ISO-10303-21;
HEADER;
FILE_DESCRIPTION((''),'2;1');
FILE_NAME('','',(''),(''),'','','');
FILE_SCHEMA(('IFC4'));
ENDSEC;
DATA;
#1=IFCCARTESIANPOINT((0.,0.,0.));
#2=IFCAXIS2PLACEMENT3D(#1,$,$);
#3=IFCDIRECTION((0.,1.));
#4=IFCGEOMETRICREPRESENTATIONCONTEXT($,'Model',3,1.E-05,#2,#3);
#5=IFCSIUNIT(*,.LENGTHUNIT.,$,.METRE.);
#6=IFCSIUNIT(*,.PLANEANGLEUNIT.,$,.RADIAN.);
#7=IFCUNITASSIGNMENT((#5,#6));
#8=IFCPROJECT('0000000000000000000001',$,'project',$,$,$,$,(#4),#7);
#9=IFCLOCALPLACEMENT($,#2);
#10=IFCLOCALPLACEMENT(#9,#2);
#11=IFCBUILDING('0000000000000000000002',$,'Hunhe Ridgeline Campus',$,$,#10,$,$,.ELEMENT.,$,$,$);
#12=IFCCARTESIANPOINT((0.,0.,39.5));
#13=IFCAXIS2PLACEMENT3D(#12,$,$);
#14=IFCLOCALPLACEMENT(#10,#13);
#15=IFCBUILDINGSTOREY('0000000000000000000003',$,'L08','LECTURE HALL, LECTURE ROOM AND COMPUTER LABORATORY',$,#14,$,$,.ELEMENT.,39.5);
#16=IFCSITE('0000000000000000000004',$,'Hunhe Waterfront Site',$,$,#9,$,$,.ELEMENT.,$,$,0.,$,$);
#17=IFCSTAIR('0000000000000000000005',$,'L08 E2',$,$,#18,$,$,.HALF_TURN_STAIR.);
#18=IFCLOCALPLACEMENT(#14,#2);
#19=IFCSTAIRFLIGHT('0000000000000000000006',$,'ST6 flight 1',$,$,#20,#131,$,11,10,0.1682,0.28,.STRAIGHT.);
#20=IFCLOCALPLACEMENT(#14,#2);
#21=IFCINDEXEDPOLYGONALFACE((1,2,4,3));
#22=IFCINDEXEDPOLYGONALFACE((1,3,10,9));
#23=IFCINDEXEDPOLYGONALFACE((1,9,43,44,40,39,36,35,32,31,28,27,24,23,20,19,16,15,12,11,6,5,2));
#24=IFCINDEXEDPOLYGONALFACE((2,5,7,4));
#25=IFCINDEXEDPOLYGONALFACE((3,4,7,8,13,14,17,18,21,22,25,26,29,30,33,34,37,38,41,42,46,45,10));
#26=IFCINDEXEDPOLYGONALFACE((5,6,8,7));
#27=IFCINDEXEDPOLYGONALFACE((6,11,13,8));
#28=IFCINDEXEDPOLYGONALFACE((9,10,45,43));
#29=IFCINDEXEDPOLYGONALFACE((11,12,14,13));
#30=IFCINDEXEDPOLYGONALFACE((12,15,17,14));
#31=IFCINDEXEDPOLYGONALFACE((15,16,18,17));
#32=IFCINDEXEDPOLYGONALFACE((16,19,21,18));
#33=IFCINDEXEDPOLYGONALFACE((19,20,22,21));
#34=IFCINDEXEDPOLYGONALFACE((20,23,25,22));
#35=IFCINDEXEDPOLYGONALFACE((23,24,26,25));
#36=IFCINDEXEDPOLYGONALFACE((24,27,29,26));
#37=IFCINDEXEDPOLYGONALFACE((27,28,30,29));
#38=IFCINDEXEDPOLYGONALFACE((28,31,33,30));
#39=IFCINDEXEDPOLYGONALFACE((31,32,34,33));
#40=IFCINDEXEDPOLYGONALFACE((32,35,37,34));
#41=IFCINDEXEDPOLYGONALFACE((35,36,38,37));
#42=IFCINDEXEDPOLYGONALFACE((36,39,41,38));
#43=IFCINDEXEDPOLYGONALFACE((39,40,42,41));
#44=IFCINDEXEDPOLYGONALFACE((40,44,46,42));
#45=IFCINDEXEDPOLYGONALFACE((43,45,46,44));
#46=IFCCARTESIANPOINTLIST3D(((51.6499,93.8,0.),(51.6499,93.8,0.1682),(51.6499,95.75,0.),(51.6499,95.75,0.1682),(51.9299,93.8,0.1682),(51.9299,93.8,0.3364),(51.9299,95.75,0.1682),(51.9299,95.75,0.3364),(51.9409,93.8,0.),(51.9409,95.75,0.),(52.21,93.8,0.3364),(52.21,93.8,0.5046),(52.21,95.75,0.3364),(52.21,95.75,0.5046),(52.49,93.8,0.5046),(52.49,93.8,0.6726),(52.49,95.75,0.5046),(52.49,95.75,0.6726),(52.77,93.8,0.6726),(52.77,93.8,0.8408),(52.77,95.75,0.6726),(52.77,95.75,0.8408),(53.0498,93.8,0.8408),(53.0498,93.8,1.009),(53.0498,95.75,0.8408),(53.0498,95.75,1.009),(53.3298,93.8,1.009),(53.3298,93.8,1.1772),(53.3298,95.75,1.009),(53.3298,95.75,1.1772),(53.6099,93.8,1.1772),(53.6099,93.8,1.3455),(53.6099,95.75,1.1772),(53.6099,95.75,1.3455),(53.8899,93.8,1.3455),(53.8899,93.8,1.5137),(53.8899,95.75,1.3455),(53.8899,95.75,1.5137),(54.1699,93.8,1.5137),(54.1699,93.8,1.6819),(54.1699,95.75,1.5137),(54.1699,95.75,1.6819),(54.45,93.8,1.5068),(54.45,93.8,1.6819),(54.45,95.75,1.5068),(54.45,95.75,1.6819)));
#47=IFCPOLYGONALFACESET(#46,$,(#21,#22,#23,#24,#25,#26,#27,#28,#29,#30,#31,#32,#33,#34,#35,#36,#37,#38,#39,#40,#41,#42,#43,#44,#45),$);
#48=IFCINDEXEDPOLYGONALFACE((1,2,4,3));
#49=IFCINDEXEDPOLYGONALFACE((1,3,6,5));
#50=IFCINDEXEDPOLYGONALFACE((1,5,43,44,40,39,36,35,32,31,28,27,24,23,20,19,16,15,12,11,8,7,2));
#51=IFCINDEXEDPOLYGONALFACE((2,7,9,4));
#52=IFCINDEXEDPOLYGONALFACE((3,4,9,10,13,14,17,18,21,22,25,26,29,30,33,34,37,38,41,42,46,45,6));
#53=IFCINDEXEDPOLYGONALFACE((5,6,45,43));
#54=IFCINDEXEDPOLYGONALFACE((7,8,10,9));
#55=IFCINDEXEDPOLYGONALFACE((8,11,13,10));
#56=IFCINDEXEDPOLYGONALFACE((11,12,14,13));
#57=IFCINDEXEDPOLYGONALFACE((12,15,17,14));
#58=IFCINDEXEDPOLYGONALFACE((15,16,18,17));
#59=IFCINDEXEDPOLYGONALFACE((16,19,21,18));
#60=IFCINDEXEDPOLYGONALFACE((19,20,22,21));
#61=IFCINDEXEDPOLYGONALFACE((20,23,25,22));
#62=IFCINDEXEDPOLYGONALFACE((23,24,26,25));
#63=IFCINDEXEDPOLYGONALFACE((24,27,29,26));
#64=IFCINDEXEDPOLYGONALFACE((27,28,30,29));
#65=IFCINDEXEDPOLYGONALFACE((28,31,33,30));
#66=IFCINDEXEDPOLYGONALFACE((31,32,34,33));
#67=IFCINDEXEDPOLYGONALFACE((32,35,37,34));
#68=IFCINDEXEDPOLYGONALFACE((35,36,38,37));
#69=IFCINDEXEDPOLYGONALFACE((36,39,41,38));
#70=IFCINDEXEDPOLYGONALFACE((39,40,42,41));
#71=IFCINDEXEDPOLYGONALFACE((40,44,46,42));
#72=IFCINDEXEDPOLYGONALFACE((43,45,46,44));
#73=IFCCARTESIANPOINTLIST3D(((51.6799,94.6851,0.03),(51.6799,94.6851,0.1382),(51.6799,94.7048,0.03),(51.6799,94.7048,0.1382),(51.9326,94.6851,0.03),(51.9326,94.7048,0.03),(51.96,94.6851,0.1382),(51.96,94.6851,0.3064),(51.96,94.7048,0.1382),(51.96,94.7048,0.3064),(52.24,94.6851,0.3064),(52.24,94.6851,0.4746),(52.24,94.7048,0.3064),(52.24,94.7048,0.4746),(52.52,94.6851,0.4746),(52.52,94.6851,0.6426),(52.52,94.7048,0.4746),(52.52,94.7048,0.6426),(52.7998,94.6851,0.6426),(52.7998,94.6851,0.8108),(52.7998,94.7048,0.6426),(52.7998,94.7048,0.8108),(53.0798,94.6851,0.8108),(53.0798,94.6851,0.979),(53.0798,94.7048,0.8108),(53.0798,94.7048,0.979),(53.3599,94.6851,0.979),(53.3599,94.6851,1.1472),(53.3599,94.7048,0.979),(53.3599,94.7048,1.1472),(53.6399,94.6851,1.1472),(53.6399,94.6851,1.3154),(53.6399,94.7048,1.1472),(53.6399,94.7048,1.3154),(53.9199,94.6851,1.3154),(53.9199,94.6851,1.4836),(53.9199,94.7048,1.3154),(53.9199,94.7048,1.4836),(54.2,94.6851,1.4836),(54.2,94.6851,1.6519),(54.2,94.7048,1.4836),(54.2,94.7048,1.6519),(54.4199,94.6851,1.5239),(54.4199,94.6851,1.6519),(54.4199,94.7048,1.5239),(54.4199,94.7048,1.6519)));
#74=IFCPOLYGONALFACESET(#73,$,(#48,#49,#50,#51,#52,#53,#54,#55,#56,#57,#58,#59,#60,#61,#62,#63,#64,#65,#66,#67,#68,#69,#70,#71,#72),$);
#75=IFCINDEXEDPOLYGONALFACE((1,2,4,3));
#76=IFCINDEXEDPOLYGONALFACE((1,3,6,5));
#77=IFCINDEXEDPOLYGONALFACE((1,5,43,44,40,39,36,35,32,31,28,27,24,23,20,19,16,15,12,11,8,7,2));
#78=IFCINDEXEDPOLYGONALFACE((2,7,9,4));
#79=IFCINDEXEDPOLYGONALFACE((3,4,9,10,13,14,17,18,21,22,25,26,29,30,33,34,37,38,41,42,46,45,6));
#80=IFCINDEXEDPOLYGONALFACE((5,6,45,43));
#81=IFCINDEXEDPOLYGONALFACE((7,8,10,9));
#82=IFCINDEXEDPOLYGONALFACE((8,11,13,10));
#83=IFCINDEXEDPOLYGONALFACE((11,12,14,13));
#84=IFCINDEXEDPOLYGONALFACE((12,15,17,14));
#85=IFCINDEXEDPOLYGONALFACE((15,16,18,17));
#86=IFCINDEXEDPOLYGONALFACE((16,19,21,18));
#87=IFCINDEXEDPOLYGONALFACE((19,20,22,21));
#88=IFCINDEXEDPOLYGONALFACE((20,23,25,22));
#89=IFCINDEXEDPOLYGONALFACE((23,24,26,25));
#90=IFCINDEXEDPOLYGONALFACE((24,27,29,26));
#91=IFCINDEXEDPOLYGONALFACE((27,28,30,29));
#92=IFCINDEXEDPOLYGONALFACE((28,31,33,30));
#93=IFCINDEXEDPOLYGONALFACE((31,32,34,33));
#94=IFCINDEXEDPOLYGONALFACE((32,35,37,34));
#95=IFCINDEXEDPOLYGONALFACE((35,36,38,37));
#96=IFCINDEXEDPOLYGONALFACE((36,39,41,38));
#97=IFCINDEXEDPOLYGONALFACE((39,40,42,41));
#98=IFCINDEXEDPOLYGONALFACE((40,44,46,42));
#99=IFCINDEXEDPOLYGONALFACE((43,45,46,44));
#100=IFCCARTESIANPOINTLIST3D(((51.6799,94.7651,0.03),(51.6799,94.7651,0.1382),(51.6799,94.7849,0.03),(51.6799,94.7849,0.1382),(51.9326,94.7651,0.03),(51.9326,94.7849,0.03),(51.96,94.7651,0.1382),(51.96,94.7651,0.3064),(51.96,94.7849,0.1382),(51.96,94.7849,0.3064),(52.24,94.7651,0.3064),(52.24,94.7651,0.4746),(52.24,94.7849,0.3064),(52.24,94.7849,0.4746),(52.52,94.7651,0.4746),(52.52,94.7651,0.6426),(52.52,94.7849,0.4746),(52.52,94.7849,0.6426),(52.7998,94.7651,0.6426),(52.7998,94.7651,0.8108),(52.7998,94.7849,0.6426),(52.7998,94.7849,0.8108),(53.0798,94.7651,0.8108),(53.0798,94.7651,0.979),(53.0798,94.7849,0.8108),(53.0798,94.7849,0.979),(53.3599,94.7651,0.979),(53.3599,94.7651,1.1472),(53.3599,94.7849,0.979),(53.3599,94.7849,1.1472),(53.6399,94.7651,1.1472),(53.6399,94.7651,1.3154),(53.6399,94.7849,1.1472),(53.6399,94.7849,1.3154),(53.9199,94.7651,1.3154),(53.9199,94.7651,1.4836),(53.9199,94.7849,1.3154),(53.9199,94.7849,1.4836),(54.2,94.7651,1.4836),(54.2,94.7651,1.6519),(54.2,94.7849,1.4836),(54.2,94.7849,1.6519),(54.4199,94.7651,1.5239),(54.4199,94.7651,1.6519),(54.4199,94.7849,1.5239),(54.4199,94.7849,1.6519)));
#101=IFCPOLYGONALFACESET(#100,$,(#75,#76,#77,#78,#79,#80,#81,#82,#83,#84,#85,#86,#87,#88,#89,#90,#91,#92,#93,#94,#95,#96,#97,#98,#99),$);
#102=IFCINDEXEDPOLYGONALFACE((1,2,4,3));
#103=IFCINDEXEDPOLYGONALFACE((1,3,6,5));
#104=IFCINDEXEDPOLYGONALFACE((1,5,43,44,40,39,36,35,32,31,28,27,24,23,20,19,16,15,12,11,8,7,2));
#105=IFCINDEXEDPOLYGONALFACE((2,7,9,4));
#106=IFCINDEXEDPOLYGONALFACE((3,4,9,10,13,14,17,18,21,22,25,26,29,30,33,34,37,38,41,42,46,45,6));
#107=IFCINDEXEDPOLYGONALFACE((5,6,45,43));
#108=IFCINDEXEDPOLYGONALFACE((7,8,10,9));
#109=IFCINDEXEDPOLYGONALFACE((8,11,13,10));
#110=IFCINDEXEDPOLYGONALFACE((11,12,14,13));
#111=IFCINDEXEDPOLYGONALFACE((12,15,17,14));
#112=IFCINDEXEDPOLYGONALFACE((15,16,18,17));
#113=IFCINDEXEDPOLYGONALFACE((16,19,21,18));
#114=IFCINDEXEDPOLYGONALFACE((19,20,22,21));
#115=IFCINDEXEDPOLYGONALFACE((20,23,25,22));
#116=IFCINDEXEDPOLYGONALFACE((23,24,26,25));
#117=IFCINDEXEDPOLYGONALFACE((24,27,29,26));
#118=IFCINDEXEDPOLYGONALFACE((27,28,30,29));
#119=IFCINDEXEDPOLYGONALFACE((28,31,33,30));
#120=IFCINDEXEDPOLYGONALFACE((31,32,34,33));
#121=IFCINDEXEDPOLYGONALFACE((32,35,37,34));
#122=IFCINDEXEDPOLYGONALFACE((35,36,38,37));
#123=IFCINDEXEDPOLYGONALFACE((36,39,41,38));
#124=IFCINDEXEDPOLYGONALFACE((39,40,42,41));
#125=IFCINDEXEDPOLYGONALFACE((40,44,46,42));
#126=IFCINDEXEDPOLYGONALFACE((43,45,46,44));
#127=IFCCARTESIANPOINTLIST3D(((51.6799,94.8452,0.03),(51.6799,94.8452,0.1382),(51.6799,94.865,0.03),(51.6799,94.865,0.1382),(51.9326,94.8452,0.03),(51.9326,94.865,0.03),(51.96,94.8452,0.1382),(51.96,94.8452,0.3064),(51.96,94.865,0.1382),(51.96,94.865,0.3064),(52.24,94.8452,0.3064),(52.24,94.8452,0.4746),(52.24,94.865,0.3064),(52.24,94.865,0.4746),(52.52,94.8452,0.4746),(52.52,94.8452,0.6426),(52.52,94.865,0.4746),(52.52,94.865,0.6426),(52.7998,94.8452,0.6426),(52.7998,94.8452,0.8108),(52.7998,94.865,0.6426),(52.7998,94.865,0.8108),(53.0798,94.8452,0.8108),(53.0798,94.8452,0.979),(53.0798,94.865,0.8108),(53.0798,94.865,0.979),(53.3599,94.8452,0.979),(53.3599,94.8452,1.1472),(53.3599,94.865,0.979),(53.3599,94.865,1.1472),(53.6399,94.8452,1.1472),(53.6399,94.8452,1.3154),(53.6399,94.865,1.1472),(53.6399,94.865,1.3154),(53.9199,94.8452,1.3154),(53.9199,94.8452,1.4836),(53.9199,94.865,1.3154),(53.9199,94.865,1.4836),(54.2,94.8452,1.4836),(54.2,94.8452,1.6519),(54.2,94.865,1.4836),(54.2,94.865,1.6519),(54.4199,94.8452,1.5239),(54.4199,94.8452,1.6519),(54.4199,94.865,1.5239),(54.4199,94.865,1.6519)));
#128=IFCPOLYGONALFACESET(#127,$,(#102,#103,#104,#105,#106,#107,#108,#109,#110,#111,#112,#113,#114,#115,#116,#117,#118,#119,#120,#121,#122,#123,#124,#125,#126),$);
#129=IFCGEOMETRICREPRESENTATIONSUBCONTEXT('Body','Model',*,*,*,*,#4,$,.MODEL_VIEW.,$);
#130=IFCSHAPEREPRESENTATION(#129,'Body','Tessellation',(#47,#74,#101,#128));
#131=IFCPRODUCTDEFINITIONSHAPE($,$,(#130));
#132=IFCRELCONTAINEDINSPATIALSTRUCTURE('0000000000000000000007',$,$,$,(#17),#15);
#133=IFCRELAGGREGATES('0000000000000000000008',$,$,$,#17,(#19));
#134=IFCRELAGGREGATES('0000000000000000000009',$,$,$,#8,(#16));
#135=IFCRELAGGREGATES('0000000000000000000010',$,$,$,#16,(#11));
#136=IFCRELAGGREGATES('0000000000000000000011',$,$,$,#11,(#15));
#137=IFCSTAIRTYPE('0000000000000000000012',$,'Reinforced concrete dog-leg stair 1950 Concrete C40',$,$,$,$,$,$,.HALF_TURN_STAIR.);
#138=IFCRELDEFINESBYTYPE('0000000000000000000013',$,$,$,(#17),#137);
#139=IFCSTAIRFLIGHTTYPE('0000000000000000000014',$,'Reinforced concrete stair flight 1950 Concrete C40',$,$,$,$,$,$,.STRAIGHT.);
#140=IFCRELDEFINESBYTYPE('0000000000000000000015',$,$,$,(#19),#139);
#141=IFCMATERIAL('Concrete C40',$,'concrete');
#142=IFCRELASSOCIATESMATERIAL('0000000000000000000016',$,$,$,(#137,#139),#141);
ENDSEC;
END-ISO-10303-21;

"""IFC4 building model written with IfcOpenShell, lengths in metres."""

from ifc_helpers import new_model, si_unit, direction, frame, origin, place, context, subcontext, project, spatial, polyline, outline, extrude, material, type_object, element, aggregate, save


model = new_model("IFC4")

# Units and contexts
model_context = context("Model", 3, precision=1e-05, world=origin(), true_north=direction((0.0, 1.0)))
body_context = subcontext(model_context, "Body", "Model", "MODEL_VIEW")
ifc_project = project(units=[si_unit("LENGTHUNIT", "METRE"), si_unit("PLANEANGLEUNIT", "RADIAN")], contexts=[model_context])

# Site, building, storey
site_placement = place(None, origin())
site = spatial("IfcSite", under=ifc_project, at=site_placement, Name="Hunhe Waterfront Site", CompositionType="ELEMENT", RefElevation=0.0)
building_placement = place(site_placement, origin())
building = spatial("IfcBuilding", under=site, at=building_placement, Name="Hunhe Ridgeline Campus", CompositionType="ELEMENT")
storey_placement = place(building_placement, frame((0.0, 0.0, 39.5)))
storey = spatial("IfcBuildingStorey", under=building, at=storey_placement, Name="L08", Description="LECTURE HALL, LECTURE ROOM AND COMPUTER LABORATORY", CompositionType="ELEMENT", Elevation=39.5)

# Stair, stair flight
ifc_material_1 = material(Name="Concrete C40", Category="concrete")
stair_type = type_object("IfcStairType", Name="Reinforced concrete dog-leg stair 1950 Concrete C40", PredefinedType="HALF_TURN_STAIR", material=ifc_material_1)
stair_flight_type = type_object("IfcStairFlightType", Name="Reinforced concrete stair flight 1950 Concrete C40", PredefinedType="STRAIGHT", material=ifc_material_1)
stair_1_placement = place(storey_placement, origin())
stair_1 = element("IfcStair", 1, at=stair_1_placement, inside=storey, type_object=stair_type, Name="L08 E2", PredefinedType="HALF_TURN_STAIR")
stair_flight_1_placement = place(storey_placement, frame((51.6499, 94.7749, 0.0), z_axis=(0.0, 0.0, 1.0), x_axis=(1.0, 0.0, 0.0)))
stair_flight_1 = element("IfcStairFlight", 2, at=stair_flight_1_placement, type_object=stair_flight_type, Name="ST6 flight 1", NumberOfRisers=11, NumberOfTreads=10, PredefinedType="STRAIGHT", RiserHeight=0.1682, TreadLength=0.28, context=body_context, shape_type="SweptSolid", body=[
    extrude(outline(polyline([(0.0, 0.0), (0.0, 0.1682), (0.28, 0.1682), (0.28, 0.3364), (0.5601, 0.3364), (0.5601, 0.5046), (0.8401, 0.5046), (0.8401, 0.6726), (1.1201, 0.6726), (1.1201, 0.8408), (1.3999, 0.8408), (1.3999, 1.009), (1.6799, 1.009), (1.6799, 1.1772), (1.96, 1.1772), (1.96, 1.3455), (2.24, 1.3455), (2.24, 1.5137), (2.52, 1.5137), (2.52, 1.6819), (2.8, 1.6819), (2.8, 1.8501), (2.8, 1.5068), (0.291, 0.0), (0.0, 0.0)])), frame((0.0, 0.9751, 0.0), z_axis=(0.0, -1.0, 0.0), x_axis=(1.0, 0.0, 0.0)), (0.0, 0.0, 1.0), 1.95),
    extrude(outline(polyline([(0.03, 0.03), (0.03, 0.1382), (0.3101, 0.1382), (0.3101, 0.3064), (0.5901, 0.3064), (0.5901, 0.4746), (0.8701, 0.4746), (0.8701, 0.6426), (1.1499, 0.6426), (1.1499, 0.8108), (1.4299, 0.8108), (1.4299, 0.979), (1.71, 0.979), (1.71, 1.1472), (1.99, 1.1472), (1.99, 1.3154), (2.27, 1.3154), (2.27, 1.4836), (2.55, 1.4836), (2.55, 1.6519), (2.77, 1.6519), (2.77, 1.5239), (0.2827, 0.03), (0.03, 0.03)])), frame((0.0, -0.0701, 0.0), z_axis=(0.0, -1.0, 0.0), x_axis=(1.0, 0.0, 0.0)), (0.0, 0.0, 1.0), 0.0198),
    extrude(outline(polyline([(0.03, 0.03), (0.03, 0.1382), (0.3101, 0.1382), (0.3101, 0.3064), (0.5901, 0.3064), (0.5901, 0.4746), (0.8701, 0.4746), (0.8701, 0.6426), (1.1499, 0.6426), (1.1499, 0.8108), (1.4299, 0.8108), (1.4299, 0.979), (1.71, 0.979), (1.71, 1.1472), (1.99, 1.1472), (1.99, 1.3154), (2.27, 1.3154), (2.27, 1.4836), (2.55, 1.4836), (2.55, 1.6519), (2.77, 1.6519), (2.77, 1.5239), (0.2827, 0.03), (0.03, 0.03)])), frame((0.0, 0.01, 0.0), z_axis=(0.0, -1.0, 0.0), x_axis=(1.0, 0.0, 0.0)), (0.0, 0.0, 1.0), 0.0198),
    extrude(outline(polyline([(0.03, 0.03), (0.03, 0.1382), (0.3101, 0.1382), (0.3101, 0.3064), (0.5901, 0.3064), (0.5901, 0.4746), (0.8701, 0.4746), (0.8701, 0.6426), (1.1499, 0.6426), (1.1499, 0.8108), (1.4299, 0.8108), (1.4299, 0.979), (1.71, 0.979), (1.71, 1.1472), (1.99, 1.1472), (1.99, 1.3154), (2.27, 1.3154), (2.27, 1.4836), (2.55, 1.4836), (2.55, 1.6519), (2.77, 1.6519), (2.77, 1.5239), (0.2827, 0.03), (0.03, 0.03)])), frame((0.0, 0.0901, 0.0), z_axis=(0.0, -1.0, 0.0), x_axis=(1.0, 0.0, 0.0)), (0.0, 0.0, 1.0), 0.0198),
])
aggregate(stair_1, [stair_flight_1])

save(model, "model.ifc")
